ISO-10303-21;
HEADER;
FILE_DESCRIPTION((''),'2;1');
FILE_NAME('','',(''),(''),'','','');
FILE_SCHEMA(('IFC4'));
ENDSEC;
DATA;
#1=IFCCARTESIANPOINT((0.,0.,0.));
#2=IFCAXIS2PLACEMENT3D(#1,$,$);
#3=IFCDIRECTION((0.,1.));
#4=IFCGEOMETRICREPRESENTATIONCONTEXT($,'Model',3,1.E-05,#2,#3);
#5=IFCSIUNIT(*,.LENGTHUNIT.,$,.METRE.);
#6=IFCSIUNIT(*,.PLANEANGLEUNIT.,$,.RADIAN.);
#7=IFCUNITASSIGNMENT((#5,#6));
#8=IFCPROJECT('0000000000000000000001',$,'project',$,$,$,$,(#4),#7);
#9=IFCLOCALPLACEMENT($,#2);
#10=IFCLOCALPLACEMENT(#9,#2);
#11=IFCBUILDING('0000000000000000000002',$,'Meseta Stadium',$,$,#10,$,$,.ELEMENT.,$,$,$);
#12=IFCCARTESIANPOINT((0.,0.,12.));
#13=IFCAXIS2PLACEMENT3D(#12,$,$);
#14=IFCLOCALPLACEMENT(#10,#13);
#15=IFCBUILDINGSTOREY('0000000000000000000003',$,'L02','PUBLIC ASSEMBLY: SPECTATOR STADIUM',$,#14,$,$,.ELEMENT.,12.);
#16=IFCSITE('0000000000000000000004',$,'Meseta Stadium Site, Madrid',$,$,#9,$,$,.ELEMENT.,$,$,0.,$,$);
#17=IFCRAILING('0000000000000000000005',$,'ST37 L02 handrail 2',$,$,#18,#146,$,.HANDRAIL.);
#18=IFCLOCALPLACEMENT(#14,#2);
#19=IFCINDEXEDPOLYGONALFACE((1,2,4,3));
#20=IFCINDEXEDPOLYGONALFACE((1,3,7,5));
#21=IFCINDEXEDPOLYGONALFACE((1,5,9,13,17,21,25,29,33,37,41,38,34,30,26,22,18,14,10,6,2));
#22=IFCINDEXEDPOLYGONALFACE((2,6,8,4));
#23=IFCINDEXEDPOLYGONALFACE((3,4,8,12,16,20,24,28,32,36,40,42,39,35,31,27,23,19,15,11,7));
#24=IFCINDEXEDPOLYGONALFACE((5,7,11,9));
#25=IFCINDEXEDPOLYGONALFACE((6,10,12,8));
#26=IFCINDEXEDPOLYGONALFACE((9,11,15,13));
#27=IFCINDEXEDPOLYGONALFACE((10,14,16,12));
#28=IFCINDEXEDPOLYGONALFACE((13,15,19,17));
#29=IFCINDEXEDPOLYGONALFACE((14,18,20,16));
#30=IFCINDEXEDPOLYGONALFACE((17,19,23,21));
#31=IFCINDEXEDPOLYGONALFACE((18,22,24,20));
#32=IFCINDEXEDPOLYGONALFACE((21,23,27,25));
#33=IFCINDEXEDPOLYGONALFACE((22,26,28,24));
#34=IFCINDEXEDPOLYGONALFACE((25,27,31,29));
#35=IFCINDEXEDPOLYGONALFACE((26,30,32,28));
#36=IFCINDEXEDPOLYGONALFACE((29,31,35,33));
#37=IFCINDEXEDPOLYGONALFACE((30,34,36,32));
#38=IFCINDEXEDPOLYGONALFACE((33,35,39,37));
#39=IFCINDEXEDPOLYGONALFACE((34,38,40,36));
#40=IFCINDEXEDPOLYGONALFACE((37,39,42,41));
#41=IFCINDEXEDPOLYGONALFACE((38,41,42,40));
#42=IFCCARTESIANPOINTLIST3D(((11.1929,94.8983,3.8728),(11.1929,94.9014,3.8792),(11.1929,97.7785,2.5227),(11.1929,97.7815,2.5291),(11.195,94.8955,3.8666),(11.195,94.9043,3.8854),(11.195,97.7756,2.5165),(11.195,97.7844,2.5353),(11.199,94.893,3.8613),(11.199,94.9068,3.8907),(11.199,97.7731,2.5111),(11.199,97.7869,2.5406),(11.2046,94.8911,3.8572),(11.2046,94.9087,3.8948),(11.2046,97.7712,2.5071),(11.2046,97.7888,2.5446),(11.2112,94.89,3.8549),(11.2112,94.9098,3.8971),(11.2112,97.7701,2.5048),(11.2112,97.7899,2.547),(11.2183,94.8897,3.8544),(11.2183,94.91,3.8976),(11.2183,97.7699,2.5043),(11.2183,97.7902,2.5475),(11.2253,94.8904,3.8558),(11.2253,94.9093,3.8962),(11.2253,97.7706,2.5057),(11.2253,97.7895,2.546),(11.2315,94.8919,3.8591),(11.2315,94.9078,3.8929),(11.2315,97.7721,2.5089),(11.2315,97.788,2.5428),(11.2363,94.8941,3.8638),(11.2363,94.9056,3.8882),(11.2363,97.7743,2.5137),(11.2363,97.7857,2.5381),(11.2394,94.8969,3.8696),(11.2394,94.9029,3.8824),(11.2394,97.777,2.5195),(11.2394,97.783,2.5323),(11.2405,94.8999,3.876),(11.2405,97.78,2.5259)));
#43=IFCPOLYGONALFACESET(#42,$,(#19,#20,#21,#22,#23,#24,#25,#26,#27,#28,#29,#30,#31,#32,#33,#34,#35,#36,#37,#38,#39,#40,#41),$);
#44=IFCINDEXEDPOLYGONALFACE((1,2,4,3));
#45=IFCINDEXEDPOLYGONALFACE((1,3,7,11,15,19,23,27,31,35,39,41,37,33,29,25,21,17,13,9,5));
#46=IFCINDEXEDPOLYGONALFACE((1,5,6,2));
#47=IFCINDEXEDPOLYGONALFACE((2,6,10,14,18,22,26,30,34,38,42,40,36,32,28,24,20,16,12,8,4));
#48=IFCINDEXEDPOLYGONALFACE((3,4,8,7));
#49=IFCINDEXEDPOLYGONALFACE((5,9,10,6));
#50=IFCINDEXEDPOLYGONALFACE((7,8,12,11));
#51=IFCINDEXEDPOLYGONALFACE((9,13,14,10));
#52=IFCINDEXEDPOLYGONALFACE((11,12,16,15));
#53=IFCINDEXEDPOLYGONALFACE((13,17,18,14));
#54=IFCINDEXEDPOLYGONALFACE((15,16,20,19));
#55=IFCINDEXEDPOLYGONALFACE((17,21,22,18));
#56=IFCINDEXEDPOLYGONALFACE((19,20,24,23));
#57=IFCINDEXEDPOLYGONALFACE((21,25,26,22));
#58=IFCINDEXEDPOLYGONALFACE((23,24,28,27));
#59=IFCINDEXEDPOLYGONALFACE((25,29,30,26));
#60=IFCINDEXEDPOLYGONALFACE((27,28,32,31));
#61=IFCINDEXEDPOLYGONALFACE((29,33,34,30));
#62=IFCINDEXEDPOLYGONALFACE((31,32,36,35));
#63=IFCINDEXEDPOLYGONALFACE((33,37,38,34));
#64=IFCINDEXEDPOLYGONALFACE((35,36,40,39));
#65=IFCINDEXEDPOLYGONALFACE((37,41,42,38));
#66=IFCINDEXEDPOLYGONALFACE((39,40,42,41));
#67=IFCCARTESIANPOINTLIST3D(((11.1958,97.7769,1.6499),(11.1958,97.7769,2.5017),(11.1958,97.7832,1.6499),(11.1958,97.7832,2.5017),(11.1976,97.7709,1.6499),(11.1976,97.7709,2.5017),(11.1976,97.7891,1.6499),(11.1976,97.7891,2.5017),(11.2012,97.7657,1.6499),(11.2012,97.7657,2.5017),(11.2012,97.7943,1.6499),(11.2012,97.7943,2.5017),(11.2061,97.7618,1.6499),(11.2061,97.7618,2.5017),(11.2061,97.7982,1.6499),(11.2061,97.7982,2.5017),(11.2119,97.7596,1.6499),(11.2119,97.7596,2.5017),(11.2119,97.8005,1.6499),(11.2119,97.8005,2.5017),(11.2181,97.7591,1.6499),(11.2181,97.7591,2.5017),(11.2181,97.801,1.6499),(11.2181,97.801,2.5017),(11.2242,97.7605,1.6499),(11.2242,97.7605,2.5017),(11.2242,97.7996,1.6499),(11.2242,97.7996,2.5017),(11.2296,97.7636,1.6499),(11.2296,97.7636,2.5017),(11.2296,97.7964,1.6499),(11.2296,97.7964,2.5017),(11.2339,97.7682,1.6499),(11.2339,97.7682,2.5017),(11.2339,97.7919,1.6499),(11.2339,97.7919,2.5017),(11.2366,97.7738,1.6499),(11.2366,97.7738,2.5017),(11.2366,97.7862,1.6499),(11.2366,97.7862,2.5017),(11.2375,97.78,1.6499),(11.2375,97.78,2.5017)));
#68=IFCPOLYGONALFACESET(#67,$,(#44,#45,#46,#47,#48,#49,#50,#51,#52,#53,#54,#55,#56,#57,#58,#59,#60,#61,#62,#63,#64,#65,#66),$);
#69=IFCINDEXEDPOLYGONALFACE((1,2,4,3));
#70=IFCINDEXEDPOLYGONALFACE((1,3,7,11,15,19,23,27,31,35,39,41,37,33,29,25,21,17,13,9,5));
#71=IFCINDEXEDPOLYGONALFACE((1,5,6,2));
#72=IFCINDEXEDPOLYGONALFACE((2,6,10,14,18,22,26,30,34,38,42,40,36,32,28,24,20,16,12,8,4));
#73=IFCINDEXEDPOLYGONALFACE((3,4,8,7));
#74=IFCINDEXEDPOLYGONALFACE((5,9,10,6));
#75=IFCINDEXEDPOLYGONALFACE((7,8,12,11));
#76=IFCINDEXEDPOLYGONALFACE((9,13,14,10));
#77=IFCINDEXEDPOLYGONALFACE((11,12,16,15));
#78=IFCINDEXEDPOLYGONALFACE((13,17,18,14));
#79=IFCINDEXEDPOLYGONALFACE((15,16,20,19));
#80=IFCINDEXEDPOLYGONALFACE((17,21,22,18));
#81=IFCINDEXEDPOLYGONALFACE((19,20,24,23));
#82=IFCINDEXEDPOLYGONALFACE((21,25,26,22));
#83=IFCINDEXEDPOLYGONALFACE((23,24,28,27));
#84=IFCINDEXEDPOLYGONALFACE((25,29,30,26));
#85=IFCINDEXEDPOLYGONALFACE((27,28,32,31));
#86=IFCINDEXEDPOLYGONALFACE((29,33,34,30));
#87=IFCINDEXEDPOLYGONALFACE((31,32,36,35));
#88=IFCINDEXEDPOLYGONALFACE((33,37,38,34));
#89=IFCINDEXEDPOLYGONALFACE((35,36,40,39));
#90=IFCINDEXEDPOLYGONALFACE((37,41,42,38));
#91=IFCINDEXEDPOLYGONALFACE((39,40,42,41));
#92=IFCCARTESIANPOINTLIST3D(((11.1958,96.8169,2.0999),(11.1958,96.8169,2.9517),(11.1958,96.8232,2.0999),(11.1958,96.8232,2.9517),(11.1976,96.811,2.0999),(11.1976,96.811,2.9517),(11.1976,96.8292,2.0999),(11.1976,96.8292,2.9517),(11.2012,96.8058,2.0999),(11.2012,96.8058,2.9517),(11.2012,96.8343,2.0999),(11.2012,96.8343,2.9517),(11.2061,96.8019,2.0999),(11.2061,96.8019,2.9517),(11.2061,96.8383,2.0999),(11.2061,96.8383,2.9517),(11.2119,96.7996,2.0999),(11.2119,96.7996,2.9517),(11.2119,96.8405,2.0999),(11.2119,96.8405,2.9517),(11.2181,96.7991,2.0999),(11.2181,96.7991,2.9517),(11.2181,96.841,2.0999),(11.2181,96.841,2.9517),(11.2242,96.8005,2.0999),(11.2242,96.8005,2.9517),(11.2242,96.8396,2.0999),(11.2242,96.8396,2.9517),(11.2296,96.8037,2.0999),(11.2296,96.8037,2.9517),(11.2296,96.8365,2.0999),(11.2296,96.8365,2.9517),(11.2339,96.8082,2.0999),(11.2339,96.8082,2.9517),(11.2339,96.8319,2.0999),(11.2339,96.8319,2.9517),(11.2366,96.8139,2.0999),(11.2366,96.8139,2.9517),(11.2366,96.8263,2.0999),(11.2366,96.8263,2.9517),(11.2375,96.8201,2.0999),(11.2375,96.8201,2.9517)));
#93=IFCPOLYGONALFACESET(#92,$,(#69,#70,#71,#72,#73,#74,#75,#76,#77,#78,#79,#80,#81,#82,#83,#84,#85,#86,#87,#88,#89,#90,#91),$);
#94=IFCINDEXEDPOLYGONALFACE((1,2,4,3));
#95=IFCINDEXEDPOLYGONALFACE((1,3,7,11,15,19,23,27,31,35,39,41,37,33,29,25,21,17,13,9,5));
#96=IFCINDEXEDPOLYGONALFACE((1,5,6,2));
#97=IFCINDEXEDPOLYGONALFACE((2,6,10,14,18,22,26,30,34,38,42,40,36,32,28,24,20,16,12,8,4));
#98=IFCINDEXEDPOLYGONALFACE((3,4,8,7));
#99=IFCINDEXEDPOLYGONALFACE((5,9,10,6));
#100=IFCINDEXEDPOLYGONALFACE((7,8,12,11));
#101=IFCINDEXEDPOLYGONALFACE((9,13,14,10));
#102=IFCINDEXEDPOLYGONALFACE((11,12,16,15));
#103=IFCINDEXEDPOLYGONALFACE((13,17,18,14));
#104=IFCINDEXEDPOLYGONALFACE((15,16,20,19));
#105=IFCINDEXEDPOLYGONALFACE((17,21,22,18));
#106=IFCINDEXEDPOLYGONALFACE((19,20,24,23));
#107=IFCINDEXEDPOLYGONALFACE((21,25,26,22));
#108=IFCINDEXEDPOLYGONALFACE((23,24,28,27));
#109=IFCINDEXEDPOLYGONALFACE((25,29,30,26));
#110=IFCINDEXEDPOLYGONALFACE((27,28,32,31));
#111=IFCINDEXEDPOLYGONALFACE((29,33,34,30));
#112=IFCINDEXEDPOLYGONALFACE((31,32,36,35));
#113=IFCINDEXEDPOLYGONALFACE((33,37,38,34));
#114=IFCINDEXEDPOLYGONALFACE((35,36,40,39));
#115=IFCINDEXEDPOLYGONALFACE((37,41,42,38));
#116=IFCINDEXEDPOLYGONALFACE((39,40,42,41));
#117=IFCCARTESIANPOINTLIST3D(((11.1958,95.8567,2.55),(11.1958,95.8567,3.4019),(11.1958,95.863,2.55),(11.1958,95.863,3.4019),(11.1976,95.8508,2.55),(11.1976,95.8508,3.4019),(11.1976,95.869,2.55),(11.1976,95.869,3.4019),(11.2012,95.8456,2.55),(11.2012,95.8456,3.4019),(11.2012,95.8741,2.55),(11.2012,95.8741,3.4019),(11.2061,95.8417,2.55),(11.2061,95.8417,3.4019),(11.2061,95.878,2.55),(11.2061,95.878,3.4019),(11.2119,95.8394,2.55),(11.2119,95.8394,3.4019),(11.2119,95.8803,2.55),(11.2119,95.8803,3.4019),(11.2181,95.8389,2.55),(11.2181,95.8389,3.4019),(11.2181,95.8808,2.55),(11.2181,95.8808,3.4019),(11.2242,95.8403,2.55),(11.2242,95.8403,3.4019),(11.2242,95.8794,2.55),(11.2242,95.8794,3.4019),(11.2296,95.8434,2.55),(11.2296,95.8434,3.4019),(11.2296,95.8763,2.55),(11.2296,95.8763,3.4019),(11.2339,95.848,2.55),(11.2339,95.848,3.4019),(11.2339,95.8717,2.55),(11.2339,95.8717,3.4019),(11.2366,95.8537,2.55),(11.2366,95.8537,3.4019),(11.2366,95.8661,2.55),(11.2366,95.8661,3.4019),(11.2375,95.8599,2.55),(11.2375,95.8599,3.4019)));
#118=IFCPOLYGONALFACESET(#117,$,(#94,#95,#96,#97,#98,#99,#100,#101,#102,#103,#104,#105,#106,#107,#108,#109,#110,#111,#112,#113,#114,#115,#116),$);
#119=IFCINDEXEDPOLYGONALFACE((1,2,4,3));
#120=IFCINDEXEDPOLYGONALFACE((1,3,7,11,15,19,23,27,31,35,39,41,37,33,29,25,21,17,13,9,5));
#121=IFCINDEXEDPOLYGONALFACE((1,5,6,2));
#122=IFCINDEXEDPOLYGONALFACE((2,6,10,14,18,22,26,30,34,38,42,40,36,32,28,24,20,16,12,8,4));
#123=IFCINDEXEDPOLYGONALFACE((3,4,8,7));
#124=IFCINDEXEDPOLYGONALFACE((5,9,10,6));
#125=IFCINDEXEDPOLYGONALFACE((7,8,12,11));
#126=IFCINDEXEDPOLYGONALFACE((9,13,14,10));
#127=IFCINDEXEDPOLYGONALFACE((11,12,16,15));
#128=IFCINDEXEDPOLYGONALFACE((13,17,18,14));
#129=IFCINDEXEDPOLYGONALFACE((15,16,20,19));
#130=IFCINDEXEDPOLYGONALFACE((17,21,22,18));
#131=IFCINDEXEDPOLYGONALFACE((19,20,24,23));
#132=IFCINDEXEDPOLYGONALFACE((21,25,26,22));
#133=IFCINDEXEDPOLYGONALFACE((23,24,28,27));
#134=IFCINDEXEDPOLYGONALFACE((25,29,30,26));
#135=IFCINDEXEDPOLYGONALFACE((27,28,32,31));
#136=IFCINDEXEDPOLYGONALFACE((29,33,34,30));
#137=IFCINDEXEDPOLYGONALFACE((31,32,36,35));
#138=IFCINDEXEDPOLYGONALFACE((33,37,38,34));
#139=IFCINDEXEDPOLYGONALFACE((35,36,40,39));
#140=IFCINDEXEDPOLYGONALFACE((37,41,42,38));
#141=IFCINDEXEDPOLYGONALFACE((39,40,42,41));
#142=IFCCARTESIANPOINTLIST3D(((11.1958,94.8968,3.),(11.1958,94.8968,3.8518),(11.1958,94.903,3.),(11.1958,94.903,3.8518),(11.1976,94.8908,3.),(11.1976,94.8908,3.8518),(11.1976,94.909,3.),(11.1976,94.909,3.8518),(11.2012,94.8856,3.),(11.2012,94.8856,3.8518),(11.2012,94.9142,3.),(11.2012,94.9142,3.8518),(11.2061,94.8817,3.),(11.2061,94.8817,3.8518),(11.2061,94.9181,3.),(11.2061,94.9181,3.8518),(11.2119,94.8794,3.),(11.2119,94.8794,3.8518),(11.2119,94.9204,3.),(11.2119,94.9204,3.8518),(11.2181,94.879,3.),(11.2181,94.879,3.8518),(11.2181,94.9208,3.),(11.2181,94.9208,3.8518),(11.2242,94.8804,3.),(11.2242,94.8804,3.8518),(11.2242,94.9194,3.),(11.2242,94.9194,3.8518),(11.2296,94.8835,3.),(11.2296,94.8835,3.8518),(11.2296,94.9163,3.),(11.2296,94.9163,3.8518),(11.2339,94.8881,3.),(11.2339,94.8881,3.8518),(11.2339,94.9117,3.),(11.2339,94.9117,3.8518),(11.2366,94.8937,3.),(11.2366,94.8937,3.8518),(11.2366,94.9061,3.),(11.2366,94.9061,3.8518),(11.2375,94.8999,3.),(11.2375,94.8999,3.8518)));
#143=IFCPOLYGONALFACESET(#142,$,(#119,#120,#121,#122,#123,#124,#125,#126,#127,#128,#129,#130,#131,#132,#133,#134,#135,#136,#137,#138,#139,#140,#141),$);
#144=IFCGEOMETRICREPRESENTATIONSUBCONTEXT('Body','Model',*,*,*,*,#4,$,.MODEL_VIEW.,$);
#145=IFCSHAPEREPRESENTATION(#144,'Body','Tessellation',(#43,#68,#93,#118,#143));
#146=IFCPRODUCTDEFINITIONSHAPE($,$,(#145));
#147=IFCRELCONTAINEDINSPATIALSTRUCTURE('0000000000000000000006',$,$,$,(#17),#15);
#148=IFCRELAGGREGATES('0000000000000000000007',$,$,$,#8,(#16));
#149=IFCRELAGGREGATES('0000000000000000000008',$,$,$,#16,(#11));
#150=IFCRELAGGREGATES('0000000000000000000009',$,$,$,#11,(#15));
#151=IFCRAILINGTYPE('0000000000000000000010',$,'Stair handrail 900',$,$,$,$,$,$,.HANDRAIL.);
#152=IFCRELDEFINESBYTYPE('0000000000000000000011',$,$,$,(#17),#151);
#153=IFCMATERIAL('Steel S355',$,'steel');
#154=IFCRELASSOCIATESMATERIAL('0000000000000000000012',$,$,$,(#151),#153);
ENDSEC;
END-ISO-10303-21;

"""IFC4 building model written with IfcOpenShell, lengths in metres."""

from ifc_helpers import new_model, si_unit, direction, frame, origin, origin_2d, place, context, subcontext, project, spatial, circle, extrude, material, type_object, element, save


model = new_model("IFC4")

# Units and contexts
model_context = context("Model", 3, precision=1e-05, world=origin(), true_north=direction((0.0, 1.0)))
body_context = subcontext(model_context, "Body", "Model", "MODEL_VIEW")
ifc_project = project(units=[si_unit("LENGTHUNIT", "METRE"), si_unit("PLANEANGLEUNIT", "RADIAN")], contexts=[model_context])

# Site, building, storey
site_placement = place(None, origin())
site = spatial("IfcSite", under=ifc_project, at=site_placement, Name="Meseta Stadium Site, Madrid", CompositionType="ELEMENT", RefElevation=0.0)
building_placement = place(site_placement, origin())
building = spatial("IfcBuilding", under=site, at=building_placement, Name="Meseta Stadium", CompositionType="ELEMENT")
storey_placement = place(building_placement, frame((0.0, 0.0, 12.0)))
storey = spatial("IfcBuildingStorey", under=building, at=storey_placement, Name="L02", Description="PUBLIC ASSEMBLY: SPECTATOR STADIUM", CompositionType="ELEMENT", Elevation=12.0)

# Railing
ifc_material_1 = material(Name="Steel S355", Category="steel")
railing_type_1 = type_object("IfcRailingType", Name="Stair handrail 900", PredefinedType="HANDRAIL", material=ifc_material_1)
railing_1_placement = place(storey_placement, frame((11.2166, 97.78, 1.6499)))
element("IfcRailing", 1, at=railing_1_placement, inside=storey, type_object=railing_type_1, Name="ST37 L02 handrail 2", PredefinedType="HANDRAIL", context=body_context, shape_type="SweptSolid", body=[
    extrude(circle(Radius=0.0239, at=origin_2d()), frame((0.0, 0.0, 0.876), z_axis=(0.0, -0.905454, 0.424444), x_axis=(1.0, 0.0, 0.0)), (0.0, 0.0, 1.0), 3.1809),
    extrude(circle(Radius=0.021, at=origin_2d()), origin(), (0.0, 0.0, 1.0), 0.8518),
    extrude(circle(Radius=0.021, at=origin_2d()), frame((0.0, -0.96, 0.45)), (0.0, 0.0, 1.0), 0.8518),
    extrude(circle(Radius=0.021, at=origin_2d()), frame((0.0, -1.9202, 0.9001)), (0.0, 0.0, 1.0), 0.8518),
    extrude(circle(Radius=0.021, at=origin_2d()), frame((0.0, -2.8801, 1.3501)), (0.0, 0.0, 1.0), 0.8518),
])

save(model, "model.ifc")
